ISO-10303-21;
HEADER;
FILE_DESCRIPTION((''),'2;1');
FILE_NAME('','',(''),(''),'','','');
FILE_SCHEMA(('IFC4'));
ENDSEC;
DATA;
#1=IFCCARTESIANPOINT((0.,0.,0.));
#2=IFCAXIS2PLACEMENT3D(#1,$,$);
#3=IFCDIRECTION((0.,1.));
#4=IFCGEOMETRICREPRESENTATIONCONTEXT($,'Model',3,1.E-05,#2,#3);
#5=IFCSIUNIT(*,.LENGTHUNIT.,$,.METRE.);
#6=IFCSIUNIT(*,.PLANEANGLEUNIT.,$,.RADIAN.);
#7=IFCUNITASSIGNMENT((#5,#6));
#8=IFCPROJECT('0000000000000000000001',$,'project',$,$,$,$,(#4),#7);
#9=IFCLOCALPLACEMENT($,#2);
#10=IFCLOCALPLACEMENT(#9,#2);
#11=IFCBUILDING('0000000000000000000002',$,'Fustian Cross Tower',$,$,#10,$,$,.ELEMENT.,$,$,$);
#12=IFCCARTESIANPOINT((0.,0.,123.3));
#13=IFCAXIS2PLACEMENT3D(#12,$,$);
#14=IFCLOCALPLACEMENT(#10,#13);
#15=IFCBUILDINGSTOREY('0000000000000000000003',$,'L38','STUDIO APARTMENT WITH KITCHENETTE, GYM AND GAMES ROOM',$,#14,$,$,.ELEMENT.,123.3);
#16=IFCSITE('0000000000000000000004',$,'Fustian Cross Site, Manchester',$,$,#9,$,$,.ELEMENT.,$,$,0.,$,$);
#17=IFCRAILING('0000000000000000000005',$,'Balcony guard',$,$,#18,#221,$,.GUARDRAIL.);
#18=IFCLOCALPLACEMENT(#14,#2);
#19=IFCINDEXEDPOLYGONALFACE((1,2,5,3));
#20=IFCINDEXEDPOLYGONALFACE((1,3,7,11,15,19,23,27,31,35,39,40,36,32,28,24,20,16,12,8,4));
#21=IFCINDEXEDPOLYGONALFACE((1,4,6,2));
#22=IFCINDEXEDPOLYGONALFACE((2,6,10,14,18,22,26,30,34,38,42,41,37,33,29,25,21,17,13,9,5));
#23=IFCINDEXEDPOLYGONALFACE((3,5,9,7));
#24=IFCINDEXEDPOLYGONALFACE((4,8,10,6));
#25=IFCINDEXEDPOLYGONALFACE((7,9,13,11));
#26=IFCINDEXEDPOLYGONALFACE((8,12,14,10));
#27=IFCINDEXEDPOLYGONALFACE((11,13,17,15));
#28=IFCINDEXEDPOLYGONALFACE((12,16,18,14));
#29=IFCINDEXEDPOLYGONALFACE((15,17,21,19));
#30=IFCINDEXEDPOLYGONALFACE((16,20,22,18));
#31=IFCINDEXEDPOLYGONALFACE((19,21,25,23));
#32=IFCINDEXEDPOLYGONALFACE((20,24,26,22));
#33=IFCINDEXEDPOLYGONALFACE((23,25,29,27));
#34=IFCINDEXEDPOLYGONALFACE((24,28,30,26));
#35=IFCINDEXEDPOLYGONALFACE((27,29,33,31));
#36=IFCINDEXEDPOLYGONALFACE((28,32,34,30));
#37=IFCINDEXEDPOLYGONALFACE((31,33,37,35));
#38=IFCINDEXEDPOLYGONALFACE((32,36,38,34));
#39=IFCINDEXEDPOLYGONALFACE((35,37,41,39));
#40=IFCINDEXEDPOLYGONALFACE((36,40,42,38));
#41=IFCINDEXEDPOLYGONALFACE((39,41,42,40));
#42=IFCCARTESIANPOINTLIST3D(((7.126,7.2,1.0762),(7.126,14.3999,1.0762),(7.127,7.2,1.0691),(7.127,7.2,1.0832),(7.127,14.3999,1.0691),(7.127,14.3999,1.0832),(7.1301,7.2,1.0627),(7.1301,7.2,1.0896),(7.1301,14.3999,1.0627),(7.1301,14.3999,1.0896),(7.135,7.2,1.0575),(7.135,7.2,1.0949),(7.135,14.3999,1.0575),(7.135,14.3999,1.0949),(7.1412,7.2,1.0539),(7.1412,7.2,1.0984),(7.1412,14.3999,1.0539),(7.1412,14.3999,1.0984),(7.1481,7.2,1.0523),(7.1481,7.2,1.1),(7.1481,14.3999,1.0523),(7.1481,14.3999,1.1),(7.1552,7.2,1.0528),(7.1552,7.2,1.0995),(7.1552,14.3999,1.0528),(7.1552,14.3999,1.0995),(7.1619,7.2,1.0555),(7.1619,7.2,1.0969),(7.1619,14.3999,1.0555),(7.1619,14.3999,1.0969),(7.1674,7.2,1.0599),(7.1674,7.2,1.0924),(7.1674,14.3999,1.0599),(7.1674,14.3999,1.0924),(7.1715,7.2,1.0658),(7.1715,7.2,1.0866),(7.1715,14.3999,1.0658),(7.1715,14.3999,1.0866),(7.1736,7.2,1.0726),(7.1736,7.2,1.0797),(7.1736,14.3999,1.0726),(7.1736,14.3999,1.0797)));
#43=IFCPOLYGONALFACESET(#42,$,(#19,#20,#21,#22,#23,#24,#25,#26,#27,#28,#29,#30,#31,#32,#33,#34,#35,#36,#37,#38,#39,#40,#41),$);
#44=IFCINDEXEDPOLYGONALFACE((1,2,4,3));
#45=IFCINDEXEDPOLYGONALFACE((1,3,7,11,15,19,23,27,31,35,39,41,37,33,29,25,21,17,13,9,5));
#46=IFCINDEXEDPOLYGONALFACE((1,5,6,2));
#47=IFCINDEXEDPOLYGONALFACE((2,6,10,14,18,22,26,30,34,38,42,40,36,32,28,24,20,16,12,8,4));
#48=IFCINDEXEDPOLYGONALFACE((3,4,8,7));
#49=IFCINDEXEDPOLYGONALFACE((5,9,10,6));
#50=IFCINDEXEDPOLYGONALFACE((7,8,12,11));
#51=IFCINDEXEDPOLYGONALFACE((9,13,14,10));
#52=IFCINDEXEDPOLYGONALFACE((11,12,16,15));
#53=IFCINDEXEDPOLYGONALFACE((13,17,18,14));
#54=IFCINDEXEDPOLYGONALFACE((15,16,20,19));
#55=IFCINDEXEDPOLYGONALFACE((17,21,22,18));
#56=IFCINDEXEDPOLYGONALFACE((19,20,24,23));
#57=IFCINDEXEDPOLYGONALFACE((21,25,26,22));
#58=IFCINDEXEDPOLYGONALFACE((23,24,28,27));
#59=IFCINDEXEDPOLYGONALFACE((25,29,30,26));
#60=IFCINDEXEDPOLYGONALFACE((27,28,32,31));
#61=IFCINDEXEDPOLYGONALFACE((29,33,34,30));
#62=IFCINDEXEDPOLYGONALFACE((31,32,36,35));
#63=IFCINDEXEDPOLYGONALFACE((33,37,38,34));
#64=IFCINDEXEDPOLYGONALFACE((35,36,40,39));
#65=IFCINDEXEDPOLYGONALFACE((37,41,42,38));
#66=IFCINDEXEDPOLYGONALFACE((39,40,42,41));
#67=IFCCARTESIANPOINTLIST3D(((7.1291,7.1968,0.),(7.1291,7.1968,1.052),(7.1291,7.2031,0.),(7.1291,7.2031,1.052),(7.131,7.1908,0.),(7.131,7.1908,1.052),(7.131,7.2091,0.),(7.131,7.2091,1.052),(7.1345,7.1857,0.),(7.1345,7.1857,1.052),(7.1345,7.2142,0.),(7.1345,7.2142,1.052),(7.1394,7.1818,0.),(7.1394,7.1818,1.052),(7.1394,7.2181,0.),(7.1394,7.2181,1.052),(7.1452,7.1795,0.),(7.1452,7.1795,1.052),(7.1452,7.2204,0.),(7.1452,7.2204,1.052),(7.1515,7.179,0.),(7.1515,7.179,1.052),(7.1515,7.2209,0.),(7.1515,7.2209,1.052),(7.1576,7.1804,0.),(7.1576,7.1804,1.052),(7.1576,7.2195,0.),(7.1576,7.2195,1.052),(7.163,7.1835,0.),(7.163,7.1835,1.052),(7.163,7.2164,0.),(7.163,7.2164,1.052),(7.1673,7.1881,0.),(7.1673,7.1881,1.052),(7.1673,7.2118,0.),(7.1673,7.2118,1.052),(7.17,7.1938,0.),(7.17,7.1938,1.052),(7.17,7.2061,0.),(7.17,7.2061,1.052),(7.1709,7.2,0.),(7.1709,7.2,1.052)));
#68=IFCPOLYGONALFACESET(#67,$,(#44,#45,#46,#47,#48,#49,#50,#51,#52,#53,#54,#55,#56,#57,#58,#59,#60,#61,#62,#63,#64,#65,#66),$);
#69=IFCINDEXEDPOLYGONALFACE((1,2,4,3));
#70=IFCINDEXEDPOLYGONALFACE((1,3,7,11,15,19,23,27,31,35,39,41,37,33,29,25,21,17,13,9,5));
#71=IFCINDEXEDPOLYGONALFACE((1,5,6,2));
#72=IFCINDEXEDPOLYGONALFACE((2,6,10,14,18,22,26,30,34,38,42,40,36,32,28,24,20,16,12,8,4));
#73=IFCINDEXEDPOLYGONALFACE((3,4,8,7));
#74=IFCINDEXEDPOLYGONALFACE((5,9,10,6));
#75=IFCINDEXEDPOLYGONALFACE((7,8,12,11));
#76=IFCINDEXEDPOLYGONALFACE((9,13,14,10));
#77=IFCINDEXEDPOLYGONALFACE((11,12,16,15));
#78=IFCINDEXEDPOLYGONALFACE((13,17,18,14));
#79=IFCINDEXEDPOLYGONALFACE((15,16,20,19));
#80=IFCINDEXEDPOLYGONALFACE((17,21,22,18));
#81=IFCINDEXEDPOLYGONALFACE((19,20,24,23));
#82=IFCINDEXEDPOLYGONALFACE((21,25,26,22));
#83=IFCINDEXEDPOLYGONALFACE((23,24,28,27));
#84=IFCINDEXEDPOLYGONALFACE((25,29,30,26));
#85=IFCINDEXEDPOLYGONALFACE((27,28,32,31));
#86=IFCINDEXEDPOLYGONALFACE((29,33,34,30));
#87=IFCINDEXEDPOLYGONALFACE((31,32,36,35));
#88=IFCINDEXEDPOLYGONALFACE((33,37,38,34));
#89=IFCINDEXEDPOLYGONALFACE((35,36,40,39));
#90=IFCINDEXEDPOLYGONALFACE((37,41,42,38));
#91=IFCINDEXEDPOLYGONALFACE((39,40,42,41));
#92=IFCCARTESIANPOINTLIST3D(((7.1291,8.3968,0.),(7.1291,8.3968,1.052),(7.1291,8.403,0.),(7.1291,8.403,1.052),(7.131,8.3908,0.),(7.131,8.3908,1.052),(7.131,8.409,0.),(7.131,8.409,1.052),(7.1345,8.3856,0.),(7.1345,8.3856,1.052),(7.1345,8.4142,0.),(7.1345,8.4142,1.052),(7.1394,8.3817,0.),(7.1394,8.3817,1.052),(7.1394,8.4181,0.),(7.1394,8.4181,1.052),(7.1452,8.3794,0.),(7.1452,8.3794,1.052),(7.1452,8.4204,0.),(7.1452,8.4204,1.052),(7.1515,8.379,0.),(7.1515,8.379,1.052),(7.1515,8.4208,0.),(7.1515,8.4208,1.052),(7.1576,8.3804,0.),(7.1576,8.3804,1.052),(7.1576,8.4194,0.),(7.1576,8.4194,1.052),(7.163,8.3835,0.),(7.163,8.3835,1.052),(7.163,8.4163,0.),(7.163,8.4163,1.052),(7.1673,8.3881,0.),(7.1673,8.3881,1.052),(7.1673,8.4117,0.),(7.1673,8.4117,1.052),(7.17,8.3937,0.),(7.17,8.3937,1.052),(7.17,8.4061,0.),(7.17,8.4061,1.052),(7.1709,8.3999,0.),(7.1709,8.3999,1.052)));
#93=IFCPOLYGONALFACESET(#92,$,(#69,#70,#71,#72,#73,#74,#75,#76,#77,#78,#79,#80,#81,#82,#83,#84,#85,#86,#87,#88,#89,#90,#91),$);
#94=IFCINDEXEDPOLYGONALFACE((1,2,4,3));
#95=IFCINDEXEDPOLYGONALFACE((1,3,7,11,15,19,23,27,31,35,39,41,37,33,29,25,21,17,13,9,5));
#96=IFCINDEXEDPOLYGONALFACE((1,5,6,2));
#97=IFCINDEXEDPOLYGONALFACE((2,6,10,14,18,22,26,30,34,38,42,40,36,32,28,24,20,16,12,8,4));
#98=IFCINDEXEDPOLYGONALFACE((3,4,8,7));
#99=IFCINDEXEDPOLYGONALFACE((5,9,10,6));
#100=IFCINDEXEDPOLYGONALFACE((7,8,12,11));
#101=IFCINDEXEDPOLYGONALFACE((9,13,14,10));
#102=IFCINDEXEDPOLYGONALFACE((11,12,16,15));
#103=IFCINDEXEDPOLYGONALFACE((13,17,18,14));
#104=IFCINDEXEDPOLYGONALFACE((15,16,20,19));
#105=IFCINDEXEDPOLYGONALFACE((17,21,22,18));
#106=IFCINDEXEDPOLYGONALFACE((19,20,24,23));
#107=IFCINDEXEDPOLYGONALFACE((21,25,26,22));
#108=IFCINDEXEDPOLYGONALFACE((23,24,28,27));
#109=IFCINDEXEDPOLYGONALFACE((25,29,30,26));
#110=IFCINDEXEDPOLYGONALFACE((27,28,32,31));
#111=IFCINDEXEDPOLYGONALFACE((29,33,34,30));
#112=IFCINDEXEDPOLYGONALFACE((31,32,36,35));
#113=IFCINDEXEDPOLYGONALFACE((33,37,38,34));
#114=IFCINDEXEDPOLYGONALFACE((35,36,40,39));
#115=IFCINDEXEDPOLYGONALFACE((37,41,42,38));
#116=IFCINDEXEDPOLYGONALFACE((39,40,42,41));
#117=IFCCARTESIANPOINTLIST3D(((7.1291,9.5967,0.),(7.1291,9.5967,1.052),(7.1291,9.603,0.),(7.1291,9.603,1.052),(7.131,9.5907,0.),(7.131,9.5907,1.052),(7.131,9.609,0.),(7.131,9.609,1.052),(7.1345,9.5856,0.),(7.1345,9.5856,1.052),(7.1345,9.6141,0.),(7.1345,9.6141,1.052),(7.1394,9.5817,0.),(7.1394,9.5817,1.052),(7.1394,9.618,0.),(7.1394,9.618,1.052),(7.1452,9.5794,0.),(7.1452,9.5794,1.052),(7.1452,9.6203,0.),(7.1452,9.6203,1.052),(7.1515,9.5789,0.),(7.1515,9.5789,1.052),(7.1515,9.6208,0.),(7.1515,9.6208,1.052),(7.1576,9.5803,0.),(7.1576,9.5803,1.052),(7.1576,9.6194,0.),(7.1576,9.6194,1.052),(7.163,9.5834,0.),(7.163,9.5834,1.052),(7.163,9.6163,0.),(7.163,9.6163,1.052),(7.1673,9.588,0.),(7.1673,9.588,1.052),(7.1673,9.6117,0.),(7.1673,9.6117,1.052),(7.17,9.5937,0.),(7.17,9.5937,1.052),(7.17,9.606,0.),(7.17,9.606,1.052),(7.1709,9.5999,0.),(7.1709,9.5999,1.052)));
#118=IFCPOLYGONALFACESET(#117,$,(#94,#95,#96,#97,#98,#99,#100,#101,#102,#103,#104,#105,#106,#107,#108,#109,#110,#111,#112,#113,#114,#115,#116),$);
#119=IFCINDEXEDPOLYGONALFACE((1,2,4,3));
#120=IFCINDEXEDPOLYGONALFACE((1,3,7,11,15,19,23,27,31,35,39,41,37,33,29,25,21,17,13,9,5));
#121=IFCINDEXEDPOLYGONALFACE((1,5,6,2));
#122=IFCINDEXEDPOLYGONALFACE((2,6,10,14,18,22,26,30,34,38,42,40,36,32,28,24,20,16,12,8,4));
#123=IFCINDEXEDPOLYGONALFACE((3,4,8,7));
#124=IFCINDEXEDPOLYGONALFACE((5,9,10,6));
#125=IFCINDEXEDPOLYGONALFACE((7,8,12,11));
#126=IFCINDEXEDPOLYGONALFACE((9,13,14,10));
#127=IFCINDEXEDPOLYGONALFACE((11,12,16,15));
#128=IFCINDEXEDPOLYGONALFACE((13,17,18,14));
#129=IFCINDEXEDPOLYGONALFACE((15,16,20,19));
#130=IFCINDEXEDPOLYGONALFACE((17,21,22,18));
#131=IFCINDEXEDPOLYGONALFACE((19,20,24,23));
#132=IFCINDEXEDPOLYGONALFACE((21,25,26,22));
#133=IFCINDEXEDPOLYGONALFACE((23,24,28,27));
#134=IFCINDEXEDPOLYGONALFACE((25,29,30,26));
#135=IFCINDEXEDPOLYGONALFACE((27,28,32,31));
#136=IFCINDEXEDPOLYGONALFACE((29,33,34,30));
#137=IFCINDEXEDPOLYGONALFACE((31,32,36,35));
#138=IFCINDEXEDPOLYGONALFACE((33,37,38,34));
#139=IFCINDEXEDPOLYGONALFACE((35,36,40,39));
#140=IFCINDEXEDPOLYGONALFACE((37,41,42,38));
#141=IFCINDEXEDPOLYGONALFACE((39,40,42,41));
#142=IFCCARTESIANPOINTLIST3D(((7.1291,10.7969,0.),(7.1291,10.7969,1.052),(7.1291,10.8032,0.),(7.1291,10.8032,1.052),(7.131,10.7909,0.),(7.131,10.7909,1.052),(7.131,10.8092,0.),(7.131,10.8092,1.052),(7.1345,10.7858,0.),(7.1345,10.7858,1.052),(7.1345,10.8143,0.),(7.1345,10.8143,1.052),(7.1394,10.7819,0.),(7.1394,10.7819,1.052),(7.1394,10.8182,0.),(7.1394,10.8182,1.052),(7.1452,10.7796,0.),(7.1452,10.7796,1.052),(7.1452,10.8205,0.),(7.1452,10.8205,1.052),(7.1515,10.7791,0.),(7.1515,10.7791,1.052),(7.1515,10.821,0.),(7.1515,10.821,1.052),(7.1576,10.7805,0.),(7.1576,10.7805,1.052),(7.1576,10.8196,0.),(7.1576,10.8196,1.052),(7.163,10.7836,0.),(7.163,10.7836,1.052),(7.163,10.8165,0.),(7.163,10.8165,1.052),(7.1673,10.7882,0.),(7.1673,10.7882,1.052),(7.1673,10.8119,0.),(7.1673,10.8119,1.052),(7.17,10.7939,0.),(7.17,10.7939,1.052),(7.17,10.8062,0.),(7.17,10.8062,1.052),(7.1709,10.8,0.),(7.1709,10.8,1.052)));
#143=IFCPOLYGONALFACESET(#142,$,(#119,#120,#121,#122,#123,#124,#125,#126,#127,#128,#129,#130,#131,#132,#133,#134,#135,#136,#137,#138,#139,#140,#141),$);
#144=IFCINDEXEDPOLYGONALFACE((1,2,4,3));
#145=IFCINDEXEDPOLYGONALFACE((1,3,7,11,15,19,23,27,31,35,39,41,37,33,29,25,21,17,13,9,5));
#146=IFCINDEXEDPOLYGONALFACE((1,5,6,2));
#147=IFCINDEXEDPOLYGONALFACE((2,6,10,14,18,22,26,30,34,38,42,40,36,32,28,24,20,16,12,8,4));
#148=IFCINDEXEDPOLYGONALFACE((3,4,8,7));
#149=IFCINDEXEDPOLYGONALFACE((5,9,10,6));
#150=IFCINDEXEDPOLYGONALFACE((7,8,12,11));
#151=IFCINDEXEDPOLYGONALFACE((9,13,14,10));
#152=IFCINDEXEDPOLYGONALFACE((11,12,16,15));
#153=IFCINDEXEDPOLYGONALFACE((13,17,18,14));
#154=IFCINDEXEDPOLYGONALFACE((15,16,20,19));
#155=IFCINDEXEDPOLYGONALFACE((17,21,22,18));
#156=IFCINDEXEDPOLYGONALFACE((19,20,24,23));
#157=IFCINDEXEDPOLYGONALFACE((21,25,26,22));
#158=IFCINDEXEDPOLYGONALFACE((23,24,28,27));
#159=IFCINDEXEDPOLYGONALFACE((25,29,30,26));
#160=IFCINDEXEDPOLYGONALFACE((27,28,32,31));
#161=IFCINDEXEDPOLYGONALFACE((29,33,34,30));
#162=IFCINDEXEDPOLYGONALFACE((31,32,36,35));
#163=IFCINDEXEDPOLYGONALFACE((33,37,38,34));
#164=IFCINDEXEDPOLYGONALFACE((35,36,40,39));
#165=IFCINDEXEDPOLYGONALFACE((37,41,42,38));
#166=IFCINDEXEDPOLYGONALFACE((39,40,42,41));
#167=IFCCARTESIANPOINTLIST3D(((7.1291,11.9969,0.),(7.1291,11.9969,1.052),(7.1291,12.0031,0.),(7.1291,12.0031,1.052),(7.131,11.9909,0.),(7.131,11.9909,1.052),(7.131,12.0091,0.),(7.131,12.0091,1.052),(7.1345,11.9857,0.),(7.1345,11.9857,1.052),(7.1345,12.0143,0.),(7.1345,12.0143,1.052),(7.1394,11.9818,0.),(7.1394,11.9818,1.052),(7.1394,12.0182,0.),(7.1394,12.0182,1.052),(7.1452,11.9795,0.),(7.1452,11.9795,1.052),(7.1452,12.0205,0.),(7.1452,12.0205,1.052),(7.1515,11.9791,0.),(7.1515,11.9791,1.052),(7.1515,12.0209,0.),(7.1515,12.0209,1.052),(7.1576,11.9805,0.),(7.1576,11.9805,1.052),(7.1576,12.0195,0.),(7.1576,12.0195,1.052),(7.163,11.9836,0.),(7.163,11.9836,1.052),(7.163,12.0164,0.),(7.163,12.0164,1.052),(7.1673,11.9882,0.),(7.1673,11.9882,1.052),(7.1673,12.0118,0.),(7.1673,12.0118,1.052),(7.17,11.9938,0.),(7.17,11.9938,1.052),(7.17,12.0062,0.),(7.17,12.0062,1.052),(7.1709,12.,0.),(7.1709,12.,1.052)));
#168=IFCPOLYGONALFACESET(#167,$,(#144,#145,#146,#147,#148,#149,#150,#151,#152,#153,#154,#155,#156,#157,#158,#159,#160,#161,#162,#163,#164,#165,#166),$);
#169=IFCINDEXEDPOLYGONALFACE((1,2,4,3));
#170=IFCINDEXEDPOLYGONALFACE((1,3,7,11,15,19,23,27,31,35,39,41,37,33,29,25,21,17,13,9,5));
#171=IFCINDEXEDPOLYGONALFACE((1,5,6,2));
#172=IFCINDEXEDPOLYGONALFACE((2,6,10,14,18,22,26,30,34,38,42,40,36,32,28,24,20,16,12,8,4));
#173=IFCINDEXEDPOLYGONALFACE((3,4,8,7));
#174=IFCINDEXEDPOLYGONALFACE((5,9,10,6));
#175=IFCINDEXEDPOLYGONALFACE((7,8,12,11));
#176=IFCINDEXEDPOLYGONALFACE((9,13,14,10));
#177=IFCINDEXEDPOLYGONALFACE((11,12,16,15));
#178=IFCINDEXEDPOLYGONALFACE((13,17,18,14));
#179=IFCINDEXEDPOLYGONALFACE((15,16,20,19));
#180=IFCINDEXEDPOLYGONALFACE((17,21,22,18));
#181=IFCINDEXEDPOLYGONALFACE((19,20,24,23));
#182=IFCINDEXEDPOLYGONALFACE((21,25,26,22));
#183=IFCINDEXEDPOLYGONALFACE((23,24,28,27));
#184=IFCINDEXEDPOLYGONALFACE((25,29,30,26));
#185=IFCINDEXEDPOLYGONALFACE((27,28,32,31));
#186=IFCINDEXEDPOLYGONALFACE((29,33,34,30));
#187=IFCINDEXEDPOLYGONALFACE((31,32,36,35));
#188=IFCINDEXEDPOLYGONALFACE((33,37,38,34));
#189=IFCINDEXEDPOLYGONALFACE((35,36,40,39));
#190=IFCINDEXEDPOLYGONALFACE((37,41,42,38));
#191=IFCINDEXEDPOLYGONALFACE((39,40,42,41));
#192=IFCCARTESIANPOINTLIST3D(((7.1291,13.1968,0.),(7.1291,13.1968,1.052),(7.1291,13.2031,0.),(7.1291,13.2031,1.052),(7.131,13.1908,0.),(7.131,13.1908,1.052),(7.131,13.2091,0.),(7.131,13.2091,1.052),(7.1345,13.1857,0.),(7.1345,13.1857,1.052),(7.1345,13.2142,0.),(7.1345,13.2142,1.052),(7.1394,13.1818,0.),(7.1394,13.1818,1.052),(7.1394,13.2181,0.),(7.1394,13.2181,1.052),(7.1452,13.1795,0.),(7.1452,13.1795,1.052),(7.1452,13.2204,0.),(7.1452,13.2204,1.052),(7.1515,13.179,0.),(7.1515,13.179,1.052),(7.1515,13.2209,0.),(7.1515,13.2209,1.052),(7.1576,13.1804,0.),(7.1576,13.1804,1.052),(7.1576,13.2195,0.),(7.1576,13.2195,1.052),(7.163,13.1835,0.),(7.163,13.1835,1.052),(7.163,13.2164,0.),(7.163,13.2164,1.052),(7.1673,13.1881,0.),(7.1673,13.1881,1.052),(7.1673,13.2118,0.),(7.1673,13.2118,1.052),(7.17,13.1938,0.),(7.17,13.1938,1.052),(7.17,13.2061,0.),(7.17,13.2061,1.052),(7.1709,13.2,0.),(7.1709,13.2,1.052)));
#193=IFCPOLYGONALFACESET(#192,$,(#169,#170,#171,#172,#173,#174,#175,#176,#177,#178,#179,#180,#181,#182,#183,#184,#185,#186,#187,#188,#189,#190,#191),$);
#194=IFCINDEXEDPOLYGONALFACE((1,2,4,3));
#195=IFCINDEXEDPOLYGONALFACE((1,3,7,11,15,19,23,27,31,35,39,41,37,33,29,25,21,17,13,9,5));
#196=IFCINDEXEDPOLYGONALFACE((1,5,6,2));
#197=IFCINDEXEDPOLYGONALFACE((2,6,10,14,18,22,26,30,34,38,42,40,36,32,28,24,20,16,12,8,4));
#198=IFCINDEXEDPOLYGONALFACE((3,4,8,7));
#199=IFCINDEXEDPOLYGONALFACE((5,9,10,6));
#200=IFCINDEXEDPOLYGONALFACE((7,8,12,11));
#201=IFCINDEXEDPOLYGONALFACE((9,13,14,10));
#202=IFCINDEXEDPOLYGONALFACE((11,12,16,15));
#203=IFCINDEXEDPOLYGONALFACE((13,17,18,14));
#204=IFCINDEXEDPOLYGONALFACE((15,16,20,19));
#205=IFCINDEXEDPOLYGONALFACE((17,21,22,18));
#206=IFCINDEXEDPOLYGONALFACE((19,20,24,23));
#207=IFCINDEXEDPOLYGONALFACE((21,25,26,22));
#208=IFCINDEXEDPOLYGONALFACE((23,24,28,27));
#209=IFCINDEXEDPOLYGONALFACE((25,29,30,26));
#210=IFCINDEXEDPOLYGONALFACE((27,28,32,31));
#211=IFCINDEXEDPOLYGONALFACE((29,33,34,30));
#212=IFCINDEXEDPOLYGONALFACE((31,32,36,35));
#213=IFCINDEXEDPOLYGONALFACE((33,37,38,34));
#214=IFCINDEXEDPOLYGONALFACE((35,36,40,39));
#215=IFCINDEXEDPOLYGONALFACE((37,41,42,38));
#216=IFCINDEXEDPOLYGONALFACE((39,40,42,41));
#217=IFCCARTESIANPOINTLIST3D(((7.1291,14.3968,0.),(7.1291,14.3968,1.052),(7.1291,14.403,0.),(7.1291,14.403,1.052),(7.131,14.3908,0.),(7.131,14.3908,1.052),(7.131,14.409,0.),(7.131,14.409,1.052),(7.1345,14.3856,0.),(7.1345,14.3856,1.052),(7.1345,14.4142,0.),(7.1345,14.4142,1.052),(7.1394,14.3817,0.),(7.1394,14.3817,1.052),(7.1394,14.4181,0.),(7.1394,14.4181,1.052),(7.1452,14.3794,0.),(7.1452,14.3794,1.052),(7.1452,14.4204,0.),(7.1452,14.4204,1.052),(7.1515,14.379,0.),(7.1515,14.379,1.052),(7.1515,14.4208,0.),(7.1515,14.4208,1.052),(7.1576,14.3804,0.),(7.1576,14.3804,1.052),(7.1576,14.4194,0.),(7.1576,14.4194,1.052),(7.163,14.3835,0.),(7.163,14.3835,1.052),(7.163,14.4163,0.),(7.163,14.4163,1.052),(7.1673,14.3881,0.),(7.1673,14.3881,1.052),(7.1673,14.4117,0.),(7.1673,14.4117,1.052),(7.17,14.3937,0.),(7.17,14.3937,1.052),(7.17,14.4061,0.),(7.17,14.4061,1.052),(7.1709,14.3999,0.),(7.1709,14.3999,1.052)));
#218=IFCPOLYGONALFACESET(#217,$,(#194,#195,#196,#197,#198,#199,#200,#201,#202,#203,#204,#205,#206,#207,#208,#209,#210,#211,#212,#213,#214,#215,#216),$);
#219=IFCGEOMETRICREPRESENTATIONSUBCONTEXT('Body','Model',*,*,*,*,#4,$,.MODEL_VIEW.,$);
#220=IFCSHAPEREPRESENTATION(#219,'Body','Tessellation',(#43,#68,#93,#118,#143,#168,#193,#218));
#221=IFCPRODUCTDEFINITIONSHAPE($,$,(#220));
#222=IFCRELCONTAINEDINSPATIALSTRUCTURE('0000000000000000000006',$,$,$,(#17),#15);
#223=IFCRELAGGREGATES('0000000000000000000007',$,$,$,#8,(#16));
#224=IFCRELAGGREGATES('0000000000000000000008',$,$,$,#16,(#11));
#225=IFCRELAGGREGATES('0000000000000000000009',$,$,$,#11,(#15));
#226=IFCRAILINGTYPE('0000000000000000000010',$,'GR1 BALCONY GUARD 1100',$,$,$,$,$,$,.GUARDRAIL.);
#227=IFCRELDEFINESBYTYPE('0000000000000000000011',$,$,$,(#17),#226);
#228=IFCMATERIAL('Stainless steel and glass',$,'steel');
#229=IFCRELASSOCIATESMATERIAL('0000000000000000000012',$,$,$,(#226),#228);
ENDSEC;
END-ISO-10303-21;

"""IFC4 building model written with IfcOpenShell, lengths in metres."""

from ifc_helpers import new_model, si_unit, direction, frame, origin, origin_2d, place, context, subcontext, project, spatial, circle, extrude, material, type_object, element, save


model = new_model("IFC4")

# Units and contexts
model_context = context("Model", 3, precision=1e-05, world=origin(), true_north=direction((0.0, 1.0)))
body_context = subcontext(model_context, "Body", "Model", "MODEL_VIEW")
ifc_project = project(units=[si_unit("LENGTHUNIT", "METRE"), si_unit("PLANEANGLEUNIT", "RADIAN")], contexts=[model_context])

# Site, building, storey
site_placement = place(None, origin())
site = spatial("IfcSite", under=ifc_project, at=site_placement, Name="Fustian Cross Site, Manchester", CompositionType="ELEMENT", RefElevation=0.0)
building_placement = place(site_placement, origin())
building = spatial("IfcBuilding", under=site, at=building_placement, Name="Fustian Cross Tower", CompositionType="ELEMENT")
storey_placement = place(building_placement, frame((0.0, 0.0, 123.3)))
storey = spatial("IfcBuildingStorey", under=building, at=storey_placement, Name="L38", Description="STUDIO APARTMENT WITH KITCHENETTE, GYM AND GAMES ROOM", CompositionType="ELEMENT", Elevation=123.3)

# Railing
ifc_material_1 = material(Name="Stainless steel and glass", Category="steel")
railing_type = type_object("IfcRailingType", Name="GR1 BALCONY GUARD 1100", PredefinedType="GUARDRAIL", material=ifc_material_1)
railing_placement = place(storey_placement, frame((7.1499, 7.2, 0.0)))
element("IfcRailing", 1, at=railing_placement, inside=storey, type_object=railing_type, Name="Balcony guard", PredefinedType="GUARDRAIL", context=body_context, shape_type="SweptSolid", body=[
    extrude(circle(Radius=0.0239, at=origin_2d()), frame((0.0, 0.0, 1.0762), z_axis=(0.0, 1.0, 0.0), x_axis=(-1.0, 0.0, 0.0)), (0.0, 0.0, 1.0), 7.2),
    extrude(circle(Radius=0.021, at=origin_2d()), origin(), (0.0, 0.0, 1.0), 1.052),
    extrude(circle(Radius=0.021, at=origin_2d()), frame((0.0, 1.2, 0.0)), (0.0, 0.0, 1.0), 1.052),
    extrude(circle(Radius=0.021, at=origin_2d()), frame((0.0, 2.3999, 0.0)), (0.0, 0.0, 1.0), 1.052),
    extrude(circle(Radius=0.021, at=origin_2d()), frame((0.0, 3.6001, 0.0)), (0.0, 0.0, 1.0), 1.052),
    extrude(circle(Radius=0.021, at=origin_2d()), frame((0.0, 4.8, 0.0)), (0.0, 0.0, 1.0), 1.052),
    extrude(circle(Radius=0.021, at=origin_2d()), frame((0.0, 6.0, 0.0)), (0.0, 0.0, 1.0), 1.052),
    extrude(circle(Radius=0.021, at=origin_2d()), frame((0.0, 7.2, 0.0)), (0.0, 0.0, 1.0), 1.052),
])

save(model, "model.ifc")
